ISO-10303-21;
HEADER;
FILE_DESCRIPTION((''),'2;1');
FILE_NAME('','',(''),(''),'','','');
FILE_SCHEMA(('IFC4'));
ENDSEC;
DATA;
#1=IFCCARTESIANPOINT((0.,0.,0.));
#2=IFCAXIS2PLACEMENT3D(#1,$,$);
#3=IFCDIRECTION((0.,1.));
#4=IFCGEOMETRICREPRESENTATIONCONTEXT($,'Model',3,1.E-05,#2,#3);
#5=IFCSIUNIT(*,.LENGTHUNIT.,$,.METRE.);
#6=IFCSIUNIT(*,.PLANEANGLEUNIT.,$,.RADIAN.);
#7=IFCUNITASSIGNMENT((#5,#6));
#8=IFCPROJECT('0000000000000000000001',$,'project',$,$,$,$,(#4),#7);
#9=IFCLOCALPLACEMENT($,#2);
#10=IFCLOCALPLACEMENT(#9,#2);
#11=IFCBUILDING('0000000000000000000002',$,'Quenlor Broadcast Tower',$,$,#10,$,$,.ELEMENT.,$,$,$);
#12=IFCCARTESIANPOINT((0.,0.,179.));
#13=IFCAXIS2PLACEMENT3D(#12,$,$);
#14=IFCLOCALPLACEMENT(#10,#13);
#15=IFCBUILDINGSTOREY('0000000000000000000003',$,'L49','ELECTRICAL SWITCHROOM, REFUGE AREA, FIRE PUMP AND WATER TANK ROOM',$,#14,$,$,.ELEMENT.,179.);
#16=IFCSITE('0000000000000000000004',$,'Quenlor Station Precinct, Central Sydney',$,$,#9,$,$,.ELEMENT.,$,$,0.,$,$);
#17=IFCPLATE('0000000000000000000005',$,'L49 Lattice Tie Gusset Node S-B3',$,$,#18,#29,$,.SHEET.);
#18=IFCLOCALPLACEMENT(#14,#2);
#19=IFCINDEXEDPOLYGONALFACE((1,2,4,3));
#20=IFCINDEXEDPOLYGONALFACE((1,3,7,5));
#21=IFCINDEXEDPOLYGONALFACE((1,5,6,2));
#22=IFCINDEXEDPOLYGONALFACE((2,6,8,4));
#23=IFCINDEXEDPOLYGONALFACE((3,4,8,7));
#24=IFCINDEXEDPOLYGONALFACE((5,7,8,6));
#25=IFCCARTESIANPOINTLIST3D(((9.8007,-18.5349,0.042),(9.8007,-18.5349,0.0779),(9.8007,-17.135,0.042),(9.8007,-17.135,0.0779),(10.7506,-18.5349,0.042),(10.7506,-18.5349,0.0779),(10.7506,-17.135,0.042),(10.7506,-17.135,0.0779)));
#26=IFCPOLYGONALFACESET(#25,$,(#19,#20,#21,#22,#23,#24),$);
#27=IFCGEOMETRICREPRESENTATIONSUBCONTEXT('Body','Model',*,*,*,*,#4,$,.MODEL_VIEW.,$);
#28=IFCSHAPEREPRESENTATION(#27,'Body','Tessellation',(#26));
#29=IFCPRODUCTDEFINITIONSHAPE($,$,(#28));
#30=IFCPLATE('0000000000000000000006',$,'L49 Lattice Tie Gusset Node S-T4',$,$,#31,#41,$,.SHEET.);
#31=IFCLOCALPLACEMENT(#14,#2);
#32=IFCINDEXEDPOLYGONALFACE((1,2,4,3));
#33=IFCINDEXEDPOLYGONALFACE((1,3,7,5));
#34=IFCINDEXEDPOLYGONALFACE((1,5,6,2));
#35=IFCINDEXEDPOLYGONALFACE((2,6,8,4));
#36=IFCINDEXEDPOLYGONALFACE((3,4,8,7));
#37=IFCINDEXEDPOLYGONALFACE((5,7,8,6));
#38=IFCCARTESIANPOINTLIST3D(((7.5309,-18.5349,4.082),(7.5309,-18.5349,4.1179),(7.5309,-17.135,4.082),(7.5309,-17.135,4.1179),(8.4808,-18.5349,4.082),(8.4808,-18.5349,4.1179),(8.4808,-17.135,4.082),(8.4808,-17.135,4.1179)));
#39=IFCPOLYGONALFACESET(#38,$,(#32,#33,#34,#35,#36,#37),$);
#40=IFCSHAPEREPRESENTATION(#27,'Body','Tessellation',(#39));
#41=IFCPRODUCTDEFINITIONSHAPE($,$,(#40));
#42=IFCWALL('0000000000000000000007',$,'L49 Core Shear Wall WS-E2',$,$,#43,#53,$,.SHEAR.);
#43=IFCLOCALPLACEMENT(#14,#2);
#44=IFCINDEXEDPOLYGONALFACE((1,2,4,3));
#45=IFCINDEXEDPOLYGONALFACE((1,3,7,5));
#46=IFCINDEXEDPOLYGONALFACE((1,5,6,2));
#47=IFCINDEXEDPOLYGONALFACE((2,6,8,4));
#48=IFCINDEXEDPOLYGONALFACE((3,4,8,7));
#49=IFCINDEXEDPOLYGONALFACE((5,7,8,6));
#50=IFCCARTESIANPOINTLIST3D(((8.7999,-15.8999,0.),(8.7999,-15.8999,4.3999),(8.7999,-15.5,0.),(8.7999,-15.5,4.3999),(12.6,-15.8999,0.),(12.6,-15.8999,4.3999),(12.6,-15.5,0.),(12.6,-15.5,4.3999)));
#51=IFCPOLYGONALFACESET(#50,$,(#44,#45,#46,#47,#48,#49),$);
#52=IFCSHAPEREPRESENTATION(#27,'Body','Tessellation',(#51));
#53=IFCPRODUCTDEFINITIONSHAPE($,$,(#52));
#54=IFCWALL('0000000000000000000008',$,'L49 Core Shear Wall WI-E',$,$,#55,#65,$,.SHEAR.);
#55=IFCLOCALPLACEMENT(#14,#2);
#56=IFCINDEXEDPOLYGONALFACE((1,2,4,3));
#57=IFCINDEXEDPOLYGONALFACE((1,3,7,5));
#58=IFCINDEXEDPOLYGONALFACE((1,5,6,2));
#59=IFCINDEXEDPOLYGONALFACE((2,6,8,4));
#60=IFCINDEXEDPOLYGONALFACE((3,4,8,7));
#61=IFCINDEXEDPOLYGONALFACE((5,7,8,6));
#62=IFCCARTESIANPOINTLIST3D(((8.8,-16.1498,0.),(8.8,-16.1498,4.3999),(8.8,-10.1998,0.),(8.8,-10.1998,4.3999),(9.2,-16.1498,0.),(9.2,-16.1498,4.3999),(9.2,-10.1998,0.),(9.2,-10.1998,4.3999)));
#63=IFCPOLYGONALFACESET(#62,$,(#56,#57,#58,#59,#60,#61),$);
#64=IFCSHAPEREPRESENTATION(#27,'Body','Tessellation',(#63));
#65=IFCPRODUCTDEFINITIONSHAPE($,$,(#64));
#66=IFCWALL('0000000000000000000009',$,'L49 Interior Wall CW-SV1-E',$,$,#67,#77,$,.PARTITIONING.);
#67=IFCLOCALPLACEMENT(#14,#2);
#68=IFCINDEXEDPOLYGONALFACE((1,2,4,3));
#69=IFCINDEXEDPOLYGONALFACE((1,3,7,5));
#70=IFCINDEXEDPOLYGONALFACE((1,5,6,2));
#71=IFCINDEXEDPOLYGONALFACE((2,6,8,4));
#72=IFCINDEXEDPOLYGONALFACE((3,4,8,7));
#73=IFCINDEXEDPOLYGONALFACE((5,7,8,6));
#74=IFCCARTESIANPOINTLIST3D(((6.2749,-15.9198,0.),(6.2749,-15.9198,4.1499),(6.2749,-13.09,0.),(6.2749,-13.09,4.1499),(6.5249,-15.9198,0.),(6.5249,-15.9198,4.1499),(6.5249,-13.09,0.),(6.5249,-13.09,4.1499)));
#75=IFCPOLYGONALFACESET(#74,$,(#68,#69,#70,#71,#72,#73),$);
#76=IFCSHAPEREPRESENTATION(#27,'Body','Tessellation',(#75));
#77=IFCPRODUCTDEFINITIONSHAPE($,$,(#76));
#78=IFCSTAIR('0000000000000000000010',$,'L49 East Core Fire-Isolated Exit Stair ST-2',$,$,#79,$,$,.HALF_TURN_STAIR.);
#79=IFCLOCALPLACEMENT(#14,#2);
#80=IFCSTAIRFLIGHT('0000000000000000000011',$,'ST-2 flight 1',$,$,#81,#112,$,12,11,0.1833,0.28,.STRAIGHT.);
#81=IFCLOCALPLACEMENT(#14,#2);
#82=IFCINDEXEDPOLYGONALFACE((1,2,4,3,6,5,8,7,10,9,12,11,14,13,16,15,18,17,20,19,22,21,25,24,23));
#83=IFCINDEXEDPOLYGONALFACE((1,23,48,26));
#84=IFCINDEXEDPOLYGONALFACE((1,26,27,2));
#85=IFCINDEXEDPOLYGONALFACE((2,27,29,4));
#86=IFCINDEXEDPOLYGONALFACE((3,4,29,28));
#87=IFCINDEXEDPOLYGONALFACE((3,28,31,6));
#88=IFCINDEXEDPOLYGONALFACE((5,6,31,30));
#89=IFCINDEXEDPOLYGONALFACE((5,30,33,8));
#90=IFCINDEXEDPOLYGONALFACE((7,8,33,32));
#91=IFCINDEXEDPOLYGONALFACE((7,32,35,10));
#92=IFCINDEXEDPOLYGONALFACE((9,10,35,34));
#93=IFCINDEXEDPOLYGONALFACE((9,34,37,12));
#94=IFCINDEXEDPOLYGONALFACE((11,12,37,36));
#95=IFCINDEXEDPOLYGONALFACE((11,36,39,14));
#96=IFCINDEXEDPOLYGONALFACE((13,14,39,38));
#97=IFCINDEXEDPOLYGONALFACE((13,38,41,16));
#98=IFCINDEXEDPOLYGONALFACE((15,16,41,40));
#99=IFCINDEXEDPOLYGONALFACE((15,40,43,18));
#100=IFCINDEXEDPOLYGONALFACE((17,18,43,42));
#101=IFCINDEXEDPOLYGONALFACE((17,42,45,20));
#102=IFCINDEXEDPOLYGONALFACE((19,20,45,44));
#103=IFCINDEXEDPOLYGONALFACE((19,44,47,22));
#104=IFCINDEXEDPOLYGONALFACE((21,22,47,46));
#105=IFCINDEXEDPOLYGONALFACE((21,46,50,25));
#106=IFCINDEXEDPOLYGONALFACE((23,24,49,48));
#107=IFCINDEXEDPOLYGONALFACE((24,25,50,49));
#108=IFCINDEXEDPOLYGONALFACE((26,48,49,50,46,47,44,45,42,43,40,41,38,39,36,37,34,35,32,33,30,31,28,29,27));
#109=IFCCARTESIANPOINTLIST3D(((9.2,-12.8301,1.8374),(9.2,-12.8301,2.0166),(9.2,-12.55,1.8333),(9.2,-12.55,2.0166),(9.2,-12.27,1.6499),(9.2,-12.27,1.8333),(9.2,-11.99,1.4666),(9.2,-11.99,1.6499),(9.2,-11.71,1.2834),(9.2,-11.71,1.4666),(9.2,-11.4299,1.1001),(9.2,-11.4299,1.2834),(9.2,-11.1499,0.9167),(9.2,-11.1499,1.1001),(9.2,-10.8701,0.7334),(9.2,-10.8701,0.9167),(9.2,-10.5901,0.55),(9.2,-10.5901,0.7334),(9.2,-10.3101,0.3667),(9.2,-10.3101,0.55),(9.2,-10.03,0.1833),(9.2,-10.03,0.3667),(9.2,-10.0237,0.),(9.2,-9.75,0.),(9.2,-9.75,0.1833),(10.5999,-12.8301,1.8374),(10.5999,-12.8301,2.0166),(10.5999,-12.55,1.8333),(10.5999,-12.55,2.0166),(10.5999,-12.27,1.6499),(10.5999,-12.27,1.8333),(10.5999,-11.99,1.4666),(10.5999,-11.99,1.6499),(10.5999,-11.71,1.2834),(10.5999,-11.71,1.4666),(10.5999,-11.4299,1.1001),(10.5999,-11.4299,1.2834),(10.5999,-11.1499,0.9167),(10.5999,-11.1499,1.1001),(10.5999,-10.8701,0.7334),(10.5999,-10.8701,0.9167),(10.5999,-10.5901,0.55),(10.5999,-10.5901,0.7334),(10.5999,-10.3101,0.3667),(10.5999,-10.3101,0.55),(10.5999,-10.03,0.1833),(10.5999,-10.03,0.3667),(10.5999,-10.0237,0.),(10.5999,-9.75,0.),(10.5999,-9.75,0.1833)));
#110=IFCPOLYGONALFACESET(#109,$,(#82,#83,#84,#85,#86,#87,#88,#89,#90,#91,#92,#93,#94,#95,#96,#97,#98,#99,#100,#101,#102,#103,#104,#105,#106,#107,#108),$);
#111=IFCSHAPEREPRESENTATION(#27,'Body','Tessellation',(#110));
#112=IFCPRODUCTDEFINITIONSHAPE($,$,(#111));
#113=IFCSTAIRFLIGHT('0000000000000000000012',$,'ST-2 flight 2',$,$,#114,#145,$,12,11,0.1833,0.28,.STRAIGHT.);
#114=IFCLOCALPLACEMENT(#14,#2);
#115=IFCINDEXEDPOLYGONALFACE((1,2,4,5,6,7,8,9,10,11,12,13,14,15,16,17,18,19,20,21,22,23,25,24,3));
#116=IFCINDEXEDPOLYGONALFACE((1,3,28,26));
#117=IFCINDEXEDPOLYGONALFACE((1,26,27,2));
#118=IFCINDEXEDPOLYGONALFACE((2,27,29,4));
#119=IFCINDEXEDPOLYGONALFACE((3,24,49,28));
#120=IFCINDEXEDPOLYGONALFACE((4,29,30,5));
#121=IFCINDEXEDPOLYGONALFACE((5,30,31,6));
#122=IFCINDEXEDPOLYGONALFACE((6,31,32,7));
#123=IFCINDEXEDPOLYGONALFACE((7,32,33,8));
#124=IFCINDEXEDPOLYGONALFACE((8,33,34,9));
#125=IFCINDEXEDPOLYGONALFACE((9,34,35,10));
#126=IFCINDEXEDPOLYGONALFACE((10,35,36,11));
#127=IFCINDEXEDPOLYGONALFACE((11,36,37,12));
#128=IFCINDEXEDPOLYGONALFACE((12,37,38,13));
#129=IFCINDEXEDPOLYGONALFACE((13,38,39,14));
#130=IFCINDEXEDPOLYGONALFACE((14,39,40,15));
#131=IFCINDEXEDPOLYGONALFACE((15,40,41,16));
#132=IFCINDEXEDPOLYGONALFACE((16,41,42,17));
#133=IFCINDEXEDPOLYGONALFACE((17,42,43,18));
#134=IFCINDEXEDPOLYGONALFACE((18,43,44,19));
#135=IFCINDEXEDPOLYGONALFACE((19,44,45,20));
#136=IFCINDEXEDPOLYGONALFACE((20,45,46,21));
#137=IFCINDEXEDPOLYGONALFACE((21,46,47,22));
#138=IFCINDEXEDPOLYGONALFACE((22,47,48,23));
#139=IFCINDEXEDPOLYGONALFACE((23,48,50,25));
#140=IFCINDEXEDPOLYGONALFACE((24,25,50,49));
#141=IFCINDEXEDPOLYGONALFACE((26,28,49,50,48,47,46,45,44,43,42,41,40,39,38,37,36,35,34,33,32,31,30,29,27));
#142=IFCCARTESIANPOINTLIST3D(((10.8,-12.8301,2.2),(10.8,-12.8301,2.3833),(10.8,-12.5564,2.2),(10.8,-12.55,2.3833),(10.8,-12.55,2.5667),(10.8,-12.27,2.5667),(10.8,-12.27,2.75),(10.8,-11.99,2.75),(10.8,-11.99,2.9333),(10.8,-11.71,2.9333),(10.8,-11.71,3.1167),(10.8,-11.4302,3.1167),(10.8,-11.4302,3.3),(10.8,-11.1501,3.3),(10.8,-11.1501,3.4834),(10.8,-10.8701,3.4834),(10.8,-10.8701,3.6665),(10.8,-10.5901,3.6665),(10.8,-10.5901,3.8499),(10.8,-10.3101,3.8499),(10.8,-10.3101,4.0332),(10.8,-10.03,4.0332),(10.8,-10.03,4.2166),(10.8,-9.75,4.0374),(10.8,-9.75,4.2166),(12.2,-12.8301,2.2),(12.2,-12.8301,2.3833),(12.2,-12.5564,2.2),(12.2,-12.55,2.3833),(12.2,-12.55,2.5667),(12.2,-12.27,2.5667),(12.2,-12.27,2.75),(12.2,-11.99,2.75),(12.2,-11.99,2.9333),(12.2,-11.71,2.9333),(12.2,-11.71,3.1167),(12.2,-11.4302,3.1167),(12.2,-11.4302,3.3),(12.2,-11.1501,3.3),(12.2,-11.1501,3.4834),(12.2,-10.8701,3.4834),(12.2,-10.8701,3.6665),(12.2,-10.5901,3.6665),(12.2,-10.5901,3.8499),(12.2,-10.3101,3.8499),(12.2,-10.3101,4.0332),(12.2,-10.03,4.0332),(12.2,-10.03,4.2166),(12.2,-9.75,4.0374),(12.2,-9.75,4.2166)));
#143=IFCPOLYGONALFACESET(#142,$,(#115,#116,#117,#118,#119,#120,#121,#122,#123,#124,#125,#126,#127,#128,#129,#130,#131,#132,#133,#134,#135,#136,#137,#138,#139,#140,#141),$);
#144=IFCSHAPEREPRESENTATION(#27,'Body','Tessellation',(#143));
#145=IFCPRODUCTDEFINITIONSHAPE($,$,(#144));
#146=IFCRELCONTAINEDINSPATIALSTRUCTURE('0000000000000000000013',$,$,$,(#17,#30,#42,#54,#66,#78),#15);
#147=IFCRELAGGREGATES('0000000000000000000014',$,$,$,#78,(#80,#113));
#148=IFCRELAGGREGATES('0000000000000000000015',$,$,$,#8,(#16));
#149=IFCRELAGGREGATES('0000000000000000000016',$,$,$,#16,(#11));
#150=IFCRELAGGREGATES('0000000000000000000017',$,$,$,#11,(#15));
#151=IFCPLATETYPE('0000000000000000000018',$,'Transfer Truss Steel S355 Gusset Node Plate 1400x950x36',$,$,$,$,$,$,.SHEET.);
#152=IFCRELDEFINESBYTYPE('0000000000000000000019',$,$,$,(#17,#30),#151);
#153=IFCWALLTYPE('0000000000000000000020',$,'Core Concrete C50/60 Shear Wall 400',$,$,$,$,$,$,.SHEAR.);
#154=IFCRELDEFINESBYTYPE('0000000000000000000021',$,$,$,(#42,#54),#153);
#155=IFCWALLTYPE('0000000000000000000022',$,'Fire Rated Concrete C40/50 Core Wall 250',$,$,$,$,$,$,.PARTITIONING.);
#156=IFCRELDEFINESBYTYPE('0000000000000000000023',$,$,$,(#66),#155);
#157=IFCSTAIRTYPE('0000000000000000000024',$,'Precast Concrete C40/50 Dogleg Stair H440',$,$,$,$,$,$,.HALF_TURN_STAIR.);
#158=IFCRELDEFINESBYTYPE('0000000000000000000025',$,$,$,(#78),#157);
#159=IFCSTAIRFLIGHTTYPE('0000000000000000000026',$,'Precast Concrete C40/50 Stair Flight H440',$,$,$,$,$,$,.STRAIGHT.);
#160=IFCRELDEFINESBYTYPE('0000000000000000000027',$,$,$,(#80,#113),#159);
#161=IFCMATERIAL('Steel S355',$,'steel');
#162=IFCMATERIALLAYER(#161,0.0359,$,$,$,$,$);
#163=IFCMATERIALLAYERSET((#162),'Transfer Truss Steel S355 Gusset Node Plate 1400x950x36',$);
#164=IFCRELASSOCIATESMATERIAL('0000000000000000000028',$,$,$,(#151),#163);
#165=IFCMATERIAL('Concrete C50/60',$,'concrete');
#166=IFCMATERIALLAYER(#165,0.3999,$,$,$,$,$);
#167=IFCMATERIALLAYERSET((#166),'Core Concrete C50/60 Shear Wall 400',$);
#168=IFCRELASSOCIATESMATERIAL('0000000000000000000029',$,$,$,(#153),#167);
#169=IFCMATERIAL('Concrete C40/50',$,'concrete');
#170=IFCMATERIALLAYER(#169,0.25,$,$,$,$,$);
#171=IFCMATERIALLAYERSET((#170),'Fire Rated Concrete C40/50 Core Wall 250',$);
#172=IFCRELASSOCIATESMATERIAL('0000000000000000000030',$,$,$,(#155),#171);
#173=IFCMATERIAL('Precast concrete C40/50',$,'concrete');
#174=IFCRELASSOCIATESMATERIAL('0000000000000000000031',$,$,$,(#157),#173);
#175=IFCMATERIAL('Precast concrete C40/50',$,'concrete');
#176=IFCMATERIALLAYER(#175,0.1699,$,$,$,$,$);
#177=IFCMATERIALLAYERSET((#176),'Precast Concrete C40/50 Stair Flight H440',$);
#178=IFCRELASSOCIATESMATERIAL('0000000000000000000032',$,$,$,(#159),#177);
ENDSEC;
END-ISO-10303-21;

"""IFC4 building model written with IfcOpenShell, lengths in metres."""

from ifc_helpers import new_model, si_unit, direction, frame, frame_2d, origin, origin_2d, place, context, subcontext, project, spatial, polyline, rectangle, outline, extrude, material, layer, layer_set, type_object, element, aggregate, save


model = new_model("IFC4")

# Units and contexts
model_context = context("Model", 3, precision=1e-05, world=origin(), true_north=direction((0.0, 1.0)))
body_context = subcontext(model_context, "Body", "Model", "MODEL_VIEW")
ifc_project = project(units=[si_unit("LENGTHUNIT", "METRE"), si_unit("PLANEANGLEUNIT", "RADIAN")], contexts=[model_context])

# Site, building, storey
site_placement = place(None, origin())
site = spatial("IfcSite", under=ifc_project, at=site_placement, Name="Quenlor Station Precinct, Central Sydney", CompositionType="ELEMENT", RefElevation=0.0)
building_placement = place(site_placement, origin())
building = spatial("IfcBuilding", under=site, at=building_placement, Name="Quenlor Broadcast Tower", CompositionType="ELEMENT")
storey_placement = place(building_placement, frame((0.0, 0.0, 179.0)))
storey = spatial("IfcBuildingStorey", under=building, at=storey_placement, Name="L49", Description="ELECTRICAL SWITCHROOM, REFUGE AREA, FIRE PUMP AND WATER TANK ROOM", CompositionType="ELEMENT", Elevation=179.0)

# Plates
ifc_material_1 = material(Name="Steel S355", Category="steel")
ifc_layer_1 = layer(ifc_material_1, 0.0359)
ifc_layer_set_1 = layer_set([ifc_layer_1], Name="Transfer Truss Steel S355 Gusset Node Plate 1400x950x36")
plate_type_1 = type_object("IfcPlateType", Name="Transfer Truss Steel S355 Gusset Node Plate 1400x950x36", PredefinedType="SHEET", material=ifc_layer_set_1)
for number, where, z_axis, x_axis, name in (
    (1, (10.2756, -17.835, 0.042), (0.0, 0.0, 1.0), (0.0, -1.0, 0.0), "L49 Lattice Tie Gusset Node S-B3"),
    (2, (8.0059, -17.835, 4.082), (0.0, 0.0, 1.0), (0.0, -1.0, 0.0), "L49 Lattice Tie Gusset Node S-T4"),
):
    element("IfcPlate", number, at=place(storey_placement, frame(where, z_axis=z_axis, x_axis=x_axis)), inside=storey, type_object=plate_type_1, Name=name, PredefinedType="SHEET", context=body_context, shape_type="SweptSolid", body=[
        extrude(rectangle(XDim=1.3999, YDim=0.95, at=origin_2d()), origin(), (0.0, 0.0, 1.0), 0.0359),
    ])

# Walls
ifc_material_2 = material(Name="Concrete C50/60", Category="concrete")
ifc_layer_2 = layer(ifc_material_2, 0.3999)
ifc_layer_set_2 = layer_set([ifc_layer_2], Name="Core Concrete C50/60 Shear Wall 400")
wall_type_1 = type_object("IfcWallType", Name="Core Concrete C50/60 Shear Wall 400", PredefinedType="SHEAR", material=ifc_layer_set_2)
wall_1_placement = place(storey_placement, frame((8.8, -15.7, 0.0), z_axis=(0.0, 0.0, 1.0), x_axis=(1.0, 0.0, 0.0)))
element("IfcWall", 3, at=wall_1_placement, inside=storey, type_object=wall_type_1, Name="L49 Core Shear Wall WS-E2", PredefinedType="SHEAR", context=body_context, shape_type="SweptSolid", body=[
    extrude(rectangle(XDim=3.8, YDim=0.3999, at=frame_2d((1.8999, 0.0))), origin(), (0.0, 0.0, 1.0), 4.3999),
])
wall_2_placement = place(storey_placement, frame((9.0, -16.1499, 0.0), z_axis=(0.0, 0.0, 1.0), x_axis=(0.0, 1.0, 0.0)))
element("IfcWall", 4, at=wall_2_placement, inside=storey, type_object=wall_type_1, Name="L49 Core Shear Wall WI-E", PredefinedType="SHEAR", context=body_context, shape_type="SweptSolid", body=[
    extrude(rectangle(XDim=5.95, YDim=0.3999, at=frame_2d((2.9751, 0.0))), origin(), (0.0, 0.0, 1.0), 4.3999),
])

# Shared definitions
ifc_material_3 = material(Name="Concrete C40/50", Category="concrete")
ifc_layer_3 = layer(ifc_material_3, 0.25)
ifc_layer_set_3 = layer_set([ifc_layer_3], Name="Fire Rated Concrete C40/50 Core Wall 250")
wall_type_2 = type_object("IfcWallType", Name="Fire Rated Concrete C40/50 Core Wall 250", PredefinedType="PARTITIONING", material=ifc_layer_set_3)

# Wall
wall_3_placement = place(storey_placement, frame((6.3999, -15.9199, 0.0), z_axis=(0.0, 0.0, 1.0), x_axis=(0.0, 1.0, 0.0)))
element("IfcWall", 5, at=wall_3_placement, inside=storey, type_object=wall_type_2, Name="L49 Interior Wall CW-SV1-E", PredefinedType="PARTITIONING", context=body_context, shape_type="SweptSolid", body=[
    extrude(rectangle(XDim=2.8298, YDim=0.25, at=frame_2d((1.415, 0.0))), origin(), (0.0, 0.0, 1.0), 4.1499),
])

# Stair, stair flights
ifc_material_4 = material(Name="Precast concrete C40/50", Category="concrete")
stair_type = type_object("IfcStairType", Name="Precast Concrete C40/50 Dogleg Stair H440", PredefinedType="HALF_TURN_STAIR", material=ifc_material_4)
stair_placement = place(storey_placement, origin())
stair = element("IfcStair", 6, at=stair_placement, inside=storey, type_object=stair_type, Name="L49 East Core Fire-Isolated Exit Stair ST-2", PredefinedType="HALF_TURN_STAIR")
ifc_material_5 = material(Name="Precast concrete C40/50", Category="concrete")
ifc_layer_4 = layer(ifc_material_5, 0.1699)
ifc_layer_set_4 = layer_set([ifc_layer_4], Name="Precast Concrete C40/50 Stair Flight H440")
stair_flight_type = type_object("IfcStairFlightType", Name="Precast Concrete C40/50 Stair Flight H440", PredefinedType="STRAIGHT", material=ifc_layer_set_4)
stair_flight_1_placement = place(storey_placement, frame((9.8999, -9.75, 0.0), z_axis=(0.0, 0.0, 1.0), x_axis=(0.0, -1.0, 0.0)))
stair_flight_1 = element("IfcStairFlight", 7, at=stair_flight_1_placement, type_object=stair_flight_type, Name="ST-2 flight 1", NumberOfRisers=12, NumberOfTreads=11, PredefinedType="STRAIGHT", RiserHeight=0.1833, TreadLength=0.28, context=body_context, shape_type="SweptSolid", body=[
    extrude(outline(polyline([(0.0, 0.0), (0.0, 0.1833), (0.28, 0.1833), (0.28, 0.3667), (0.5601, 0.3667), (0.5601, 0.55), (0.8401, 0.55), (0.8401, 0.7334), (1.1201, 0.7334), (1.1201, 0.9167), (1.3999, 0.9167), (1.3999, 1.1001), (1.6799, 1.1001), (1.6799, 1.2834), (1.96, 1.2834), (1.96, 1.4666), (2.24, 1.4666), (2.24, 1.6499), (2.52, 1.6499), (2.52, 1.8333), (2.8, 1.8333), (2.8, 2.0166), (3.0801, 2.0166), (3.0801, 2.2), (3.0801, 1.8374), (0.2737, 0.0), (0.0, 0.0)])), frame((0.0, 0.7, 0.0), z_axis=(0.0, -1.0, 0.0), x_axis=(1.0, 0.0, 0.0)), (0.0, 0.0, 1.0), 1.3999),
])
stair_flight_2_placement = place(storey_placement, frame((11.5, -12.8301, 2.2), z_axis=(0.0, 0.0, 1.0), x_axis=(0.0, 1.0, 0.0)))
stair_flight_2 = element("IfcStairFlight", 8, at=stair_flight_2_placement, type_object=stair_flight_type, Name="ST-2 flight 2", NumberOfRisers=12, NumberOfTreads=11, PredefinedType="STRAIGHT", RiserHeight=0.1833, TreadLength=0.28, context=body_context, shape_type="SweptSolid", body=[
    extrude(outline(polyline([(0.0, 0.0), (0.0, 0.1833), (0.28, 0.1833), (0.28, 0.3667), (0.5601, 0.3667), (0.5601, 0.55), (0.8401, 0.55), (0.8401, 0.7334), (1.1201, 0.7334), (1.1201, 0.9167), (1.3999, 0.9167), (1.3999, 1.1001), (1.6799, 1.1001), (1.6799, 1.2834), (1.96, 1.2834), (1.96, 1.4666), (2.24, 1.4666), (2.24, 1.6499), (2.52, 1.6499), (2.52, 1.8333), (2.8, 1.8333), (2.8, 2.0166), (3.0801, 2.0166), (3.0801, 2.2), (3.0801, 1.8374), (0.2737, 0.0), (0.0, 0.0)])), frame((0.0, 0.7, 0.0), z_axis=(0.0, -1.0, 0.0), x_axis=(1.0, 0.0, 0.0)), (0.0, 0.0, 1.0), 1.3999),
])
aggregate(stair, [stair_flight_1, stair_flight_2])

save(model, "model.ifc")
